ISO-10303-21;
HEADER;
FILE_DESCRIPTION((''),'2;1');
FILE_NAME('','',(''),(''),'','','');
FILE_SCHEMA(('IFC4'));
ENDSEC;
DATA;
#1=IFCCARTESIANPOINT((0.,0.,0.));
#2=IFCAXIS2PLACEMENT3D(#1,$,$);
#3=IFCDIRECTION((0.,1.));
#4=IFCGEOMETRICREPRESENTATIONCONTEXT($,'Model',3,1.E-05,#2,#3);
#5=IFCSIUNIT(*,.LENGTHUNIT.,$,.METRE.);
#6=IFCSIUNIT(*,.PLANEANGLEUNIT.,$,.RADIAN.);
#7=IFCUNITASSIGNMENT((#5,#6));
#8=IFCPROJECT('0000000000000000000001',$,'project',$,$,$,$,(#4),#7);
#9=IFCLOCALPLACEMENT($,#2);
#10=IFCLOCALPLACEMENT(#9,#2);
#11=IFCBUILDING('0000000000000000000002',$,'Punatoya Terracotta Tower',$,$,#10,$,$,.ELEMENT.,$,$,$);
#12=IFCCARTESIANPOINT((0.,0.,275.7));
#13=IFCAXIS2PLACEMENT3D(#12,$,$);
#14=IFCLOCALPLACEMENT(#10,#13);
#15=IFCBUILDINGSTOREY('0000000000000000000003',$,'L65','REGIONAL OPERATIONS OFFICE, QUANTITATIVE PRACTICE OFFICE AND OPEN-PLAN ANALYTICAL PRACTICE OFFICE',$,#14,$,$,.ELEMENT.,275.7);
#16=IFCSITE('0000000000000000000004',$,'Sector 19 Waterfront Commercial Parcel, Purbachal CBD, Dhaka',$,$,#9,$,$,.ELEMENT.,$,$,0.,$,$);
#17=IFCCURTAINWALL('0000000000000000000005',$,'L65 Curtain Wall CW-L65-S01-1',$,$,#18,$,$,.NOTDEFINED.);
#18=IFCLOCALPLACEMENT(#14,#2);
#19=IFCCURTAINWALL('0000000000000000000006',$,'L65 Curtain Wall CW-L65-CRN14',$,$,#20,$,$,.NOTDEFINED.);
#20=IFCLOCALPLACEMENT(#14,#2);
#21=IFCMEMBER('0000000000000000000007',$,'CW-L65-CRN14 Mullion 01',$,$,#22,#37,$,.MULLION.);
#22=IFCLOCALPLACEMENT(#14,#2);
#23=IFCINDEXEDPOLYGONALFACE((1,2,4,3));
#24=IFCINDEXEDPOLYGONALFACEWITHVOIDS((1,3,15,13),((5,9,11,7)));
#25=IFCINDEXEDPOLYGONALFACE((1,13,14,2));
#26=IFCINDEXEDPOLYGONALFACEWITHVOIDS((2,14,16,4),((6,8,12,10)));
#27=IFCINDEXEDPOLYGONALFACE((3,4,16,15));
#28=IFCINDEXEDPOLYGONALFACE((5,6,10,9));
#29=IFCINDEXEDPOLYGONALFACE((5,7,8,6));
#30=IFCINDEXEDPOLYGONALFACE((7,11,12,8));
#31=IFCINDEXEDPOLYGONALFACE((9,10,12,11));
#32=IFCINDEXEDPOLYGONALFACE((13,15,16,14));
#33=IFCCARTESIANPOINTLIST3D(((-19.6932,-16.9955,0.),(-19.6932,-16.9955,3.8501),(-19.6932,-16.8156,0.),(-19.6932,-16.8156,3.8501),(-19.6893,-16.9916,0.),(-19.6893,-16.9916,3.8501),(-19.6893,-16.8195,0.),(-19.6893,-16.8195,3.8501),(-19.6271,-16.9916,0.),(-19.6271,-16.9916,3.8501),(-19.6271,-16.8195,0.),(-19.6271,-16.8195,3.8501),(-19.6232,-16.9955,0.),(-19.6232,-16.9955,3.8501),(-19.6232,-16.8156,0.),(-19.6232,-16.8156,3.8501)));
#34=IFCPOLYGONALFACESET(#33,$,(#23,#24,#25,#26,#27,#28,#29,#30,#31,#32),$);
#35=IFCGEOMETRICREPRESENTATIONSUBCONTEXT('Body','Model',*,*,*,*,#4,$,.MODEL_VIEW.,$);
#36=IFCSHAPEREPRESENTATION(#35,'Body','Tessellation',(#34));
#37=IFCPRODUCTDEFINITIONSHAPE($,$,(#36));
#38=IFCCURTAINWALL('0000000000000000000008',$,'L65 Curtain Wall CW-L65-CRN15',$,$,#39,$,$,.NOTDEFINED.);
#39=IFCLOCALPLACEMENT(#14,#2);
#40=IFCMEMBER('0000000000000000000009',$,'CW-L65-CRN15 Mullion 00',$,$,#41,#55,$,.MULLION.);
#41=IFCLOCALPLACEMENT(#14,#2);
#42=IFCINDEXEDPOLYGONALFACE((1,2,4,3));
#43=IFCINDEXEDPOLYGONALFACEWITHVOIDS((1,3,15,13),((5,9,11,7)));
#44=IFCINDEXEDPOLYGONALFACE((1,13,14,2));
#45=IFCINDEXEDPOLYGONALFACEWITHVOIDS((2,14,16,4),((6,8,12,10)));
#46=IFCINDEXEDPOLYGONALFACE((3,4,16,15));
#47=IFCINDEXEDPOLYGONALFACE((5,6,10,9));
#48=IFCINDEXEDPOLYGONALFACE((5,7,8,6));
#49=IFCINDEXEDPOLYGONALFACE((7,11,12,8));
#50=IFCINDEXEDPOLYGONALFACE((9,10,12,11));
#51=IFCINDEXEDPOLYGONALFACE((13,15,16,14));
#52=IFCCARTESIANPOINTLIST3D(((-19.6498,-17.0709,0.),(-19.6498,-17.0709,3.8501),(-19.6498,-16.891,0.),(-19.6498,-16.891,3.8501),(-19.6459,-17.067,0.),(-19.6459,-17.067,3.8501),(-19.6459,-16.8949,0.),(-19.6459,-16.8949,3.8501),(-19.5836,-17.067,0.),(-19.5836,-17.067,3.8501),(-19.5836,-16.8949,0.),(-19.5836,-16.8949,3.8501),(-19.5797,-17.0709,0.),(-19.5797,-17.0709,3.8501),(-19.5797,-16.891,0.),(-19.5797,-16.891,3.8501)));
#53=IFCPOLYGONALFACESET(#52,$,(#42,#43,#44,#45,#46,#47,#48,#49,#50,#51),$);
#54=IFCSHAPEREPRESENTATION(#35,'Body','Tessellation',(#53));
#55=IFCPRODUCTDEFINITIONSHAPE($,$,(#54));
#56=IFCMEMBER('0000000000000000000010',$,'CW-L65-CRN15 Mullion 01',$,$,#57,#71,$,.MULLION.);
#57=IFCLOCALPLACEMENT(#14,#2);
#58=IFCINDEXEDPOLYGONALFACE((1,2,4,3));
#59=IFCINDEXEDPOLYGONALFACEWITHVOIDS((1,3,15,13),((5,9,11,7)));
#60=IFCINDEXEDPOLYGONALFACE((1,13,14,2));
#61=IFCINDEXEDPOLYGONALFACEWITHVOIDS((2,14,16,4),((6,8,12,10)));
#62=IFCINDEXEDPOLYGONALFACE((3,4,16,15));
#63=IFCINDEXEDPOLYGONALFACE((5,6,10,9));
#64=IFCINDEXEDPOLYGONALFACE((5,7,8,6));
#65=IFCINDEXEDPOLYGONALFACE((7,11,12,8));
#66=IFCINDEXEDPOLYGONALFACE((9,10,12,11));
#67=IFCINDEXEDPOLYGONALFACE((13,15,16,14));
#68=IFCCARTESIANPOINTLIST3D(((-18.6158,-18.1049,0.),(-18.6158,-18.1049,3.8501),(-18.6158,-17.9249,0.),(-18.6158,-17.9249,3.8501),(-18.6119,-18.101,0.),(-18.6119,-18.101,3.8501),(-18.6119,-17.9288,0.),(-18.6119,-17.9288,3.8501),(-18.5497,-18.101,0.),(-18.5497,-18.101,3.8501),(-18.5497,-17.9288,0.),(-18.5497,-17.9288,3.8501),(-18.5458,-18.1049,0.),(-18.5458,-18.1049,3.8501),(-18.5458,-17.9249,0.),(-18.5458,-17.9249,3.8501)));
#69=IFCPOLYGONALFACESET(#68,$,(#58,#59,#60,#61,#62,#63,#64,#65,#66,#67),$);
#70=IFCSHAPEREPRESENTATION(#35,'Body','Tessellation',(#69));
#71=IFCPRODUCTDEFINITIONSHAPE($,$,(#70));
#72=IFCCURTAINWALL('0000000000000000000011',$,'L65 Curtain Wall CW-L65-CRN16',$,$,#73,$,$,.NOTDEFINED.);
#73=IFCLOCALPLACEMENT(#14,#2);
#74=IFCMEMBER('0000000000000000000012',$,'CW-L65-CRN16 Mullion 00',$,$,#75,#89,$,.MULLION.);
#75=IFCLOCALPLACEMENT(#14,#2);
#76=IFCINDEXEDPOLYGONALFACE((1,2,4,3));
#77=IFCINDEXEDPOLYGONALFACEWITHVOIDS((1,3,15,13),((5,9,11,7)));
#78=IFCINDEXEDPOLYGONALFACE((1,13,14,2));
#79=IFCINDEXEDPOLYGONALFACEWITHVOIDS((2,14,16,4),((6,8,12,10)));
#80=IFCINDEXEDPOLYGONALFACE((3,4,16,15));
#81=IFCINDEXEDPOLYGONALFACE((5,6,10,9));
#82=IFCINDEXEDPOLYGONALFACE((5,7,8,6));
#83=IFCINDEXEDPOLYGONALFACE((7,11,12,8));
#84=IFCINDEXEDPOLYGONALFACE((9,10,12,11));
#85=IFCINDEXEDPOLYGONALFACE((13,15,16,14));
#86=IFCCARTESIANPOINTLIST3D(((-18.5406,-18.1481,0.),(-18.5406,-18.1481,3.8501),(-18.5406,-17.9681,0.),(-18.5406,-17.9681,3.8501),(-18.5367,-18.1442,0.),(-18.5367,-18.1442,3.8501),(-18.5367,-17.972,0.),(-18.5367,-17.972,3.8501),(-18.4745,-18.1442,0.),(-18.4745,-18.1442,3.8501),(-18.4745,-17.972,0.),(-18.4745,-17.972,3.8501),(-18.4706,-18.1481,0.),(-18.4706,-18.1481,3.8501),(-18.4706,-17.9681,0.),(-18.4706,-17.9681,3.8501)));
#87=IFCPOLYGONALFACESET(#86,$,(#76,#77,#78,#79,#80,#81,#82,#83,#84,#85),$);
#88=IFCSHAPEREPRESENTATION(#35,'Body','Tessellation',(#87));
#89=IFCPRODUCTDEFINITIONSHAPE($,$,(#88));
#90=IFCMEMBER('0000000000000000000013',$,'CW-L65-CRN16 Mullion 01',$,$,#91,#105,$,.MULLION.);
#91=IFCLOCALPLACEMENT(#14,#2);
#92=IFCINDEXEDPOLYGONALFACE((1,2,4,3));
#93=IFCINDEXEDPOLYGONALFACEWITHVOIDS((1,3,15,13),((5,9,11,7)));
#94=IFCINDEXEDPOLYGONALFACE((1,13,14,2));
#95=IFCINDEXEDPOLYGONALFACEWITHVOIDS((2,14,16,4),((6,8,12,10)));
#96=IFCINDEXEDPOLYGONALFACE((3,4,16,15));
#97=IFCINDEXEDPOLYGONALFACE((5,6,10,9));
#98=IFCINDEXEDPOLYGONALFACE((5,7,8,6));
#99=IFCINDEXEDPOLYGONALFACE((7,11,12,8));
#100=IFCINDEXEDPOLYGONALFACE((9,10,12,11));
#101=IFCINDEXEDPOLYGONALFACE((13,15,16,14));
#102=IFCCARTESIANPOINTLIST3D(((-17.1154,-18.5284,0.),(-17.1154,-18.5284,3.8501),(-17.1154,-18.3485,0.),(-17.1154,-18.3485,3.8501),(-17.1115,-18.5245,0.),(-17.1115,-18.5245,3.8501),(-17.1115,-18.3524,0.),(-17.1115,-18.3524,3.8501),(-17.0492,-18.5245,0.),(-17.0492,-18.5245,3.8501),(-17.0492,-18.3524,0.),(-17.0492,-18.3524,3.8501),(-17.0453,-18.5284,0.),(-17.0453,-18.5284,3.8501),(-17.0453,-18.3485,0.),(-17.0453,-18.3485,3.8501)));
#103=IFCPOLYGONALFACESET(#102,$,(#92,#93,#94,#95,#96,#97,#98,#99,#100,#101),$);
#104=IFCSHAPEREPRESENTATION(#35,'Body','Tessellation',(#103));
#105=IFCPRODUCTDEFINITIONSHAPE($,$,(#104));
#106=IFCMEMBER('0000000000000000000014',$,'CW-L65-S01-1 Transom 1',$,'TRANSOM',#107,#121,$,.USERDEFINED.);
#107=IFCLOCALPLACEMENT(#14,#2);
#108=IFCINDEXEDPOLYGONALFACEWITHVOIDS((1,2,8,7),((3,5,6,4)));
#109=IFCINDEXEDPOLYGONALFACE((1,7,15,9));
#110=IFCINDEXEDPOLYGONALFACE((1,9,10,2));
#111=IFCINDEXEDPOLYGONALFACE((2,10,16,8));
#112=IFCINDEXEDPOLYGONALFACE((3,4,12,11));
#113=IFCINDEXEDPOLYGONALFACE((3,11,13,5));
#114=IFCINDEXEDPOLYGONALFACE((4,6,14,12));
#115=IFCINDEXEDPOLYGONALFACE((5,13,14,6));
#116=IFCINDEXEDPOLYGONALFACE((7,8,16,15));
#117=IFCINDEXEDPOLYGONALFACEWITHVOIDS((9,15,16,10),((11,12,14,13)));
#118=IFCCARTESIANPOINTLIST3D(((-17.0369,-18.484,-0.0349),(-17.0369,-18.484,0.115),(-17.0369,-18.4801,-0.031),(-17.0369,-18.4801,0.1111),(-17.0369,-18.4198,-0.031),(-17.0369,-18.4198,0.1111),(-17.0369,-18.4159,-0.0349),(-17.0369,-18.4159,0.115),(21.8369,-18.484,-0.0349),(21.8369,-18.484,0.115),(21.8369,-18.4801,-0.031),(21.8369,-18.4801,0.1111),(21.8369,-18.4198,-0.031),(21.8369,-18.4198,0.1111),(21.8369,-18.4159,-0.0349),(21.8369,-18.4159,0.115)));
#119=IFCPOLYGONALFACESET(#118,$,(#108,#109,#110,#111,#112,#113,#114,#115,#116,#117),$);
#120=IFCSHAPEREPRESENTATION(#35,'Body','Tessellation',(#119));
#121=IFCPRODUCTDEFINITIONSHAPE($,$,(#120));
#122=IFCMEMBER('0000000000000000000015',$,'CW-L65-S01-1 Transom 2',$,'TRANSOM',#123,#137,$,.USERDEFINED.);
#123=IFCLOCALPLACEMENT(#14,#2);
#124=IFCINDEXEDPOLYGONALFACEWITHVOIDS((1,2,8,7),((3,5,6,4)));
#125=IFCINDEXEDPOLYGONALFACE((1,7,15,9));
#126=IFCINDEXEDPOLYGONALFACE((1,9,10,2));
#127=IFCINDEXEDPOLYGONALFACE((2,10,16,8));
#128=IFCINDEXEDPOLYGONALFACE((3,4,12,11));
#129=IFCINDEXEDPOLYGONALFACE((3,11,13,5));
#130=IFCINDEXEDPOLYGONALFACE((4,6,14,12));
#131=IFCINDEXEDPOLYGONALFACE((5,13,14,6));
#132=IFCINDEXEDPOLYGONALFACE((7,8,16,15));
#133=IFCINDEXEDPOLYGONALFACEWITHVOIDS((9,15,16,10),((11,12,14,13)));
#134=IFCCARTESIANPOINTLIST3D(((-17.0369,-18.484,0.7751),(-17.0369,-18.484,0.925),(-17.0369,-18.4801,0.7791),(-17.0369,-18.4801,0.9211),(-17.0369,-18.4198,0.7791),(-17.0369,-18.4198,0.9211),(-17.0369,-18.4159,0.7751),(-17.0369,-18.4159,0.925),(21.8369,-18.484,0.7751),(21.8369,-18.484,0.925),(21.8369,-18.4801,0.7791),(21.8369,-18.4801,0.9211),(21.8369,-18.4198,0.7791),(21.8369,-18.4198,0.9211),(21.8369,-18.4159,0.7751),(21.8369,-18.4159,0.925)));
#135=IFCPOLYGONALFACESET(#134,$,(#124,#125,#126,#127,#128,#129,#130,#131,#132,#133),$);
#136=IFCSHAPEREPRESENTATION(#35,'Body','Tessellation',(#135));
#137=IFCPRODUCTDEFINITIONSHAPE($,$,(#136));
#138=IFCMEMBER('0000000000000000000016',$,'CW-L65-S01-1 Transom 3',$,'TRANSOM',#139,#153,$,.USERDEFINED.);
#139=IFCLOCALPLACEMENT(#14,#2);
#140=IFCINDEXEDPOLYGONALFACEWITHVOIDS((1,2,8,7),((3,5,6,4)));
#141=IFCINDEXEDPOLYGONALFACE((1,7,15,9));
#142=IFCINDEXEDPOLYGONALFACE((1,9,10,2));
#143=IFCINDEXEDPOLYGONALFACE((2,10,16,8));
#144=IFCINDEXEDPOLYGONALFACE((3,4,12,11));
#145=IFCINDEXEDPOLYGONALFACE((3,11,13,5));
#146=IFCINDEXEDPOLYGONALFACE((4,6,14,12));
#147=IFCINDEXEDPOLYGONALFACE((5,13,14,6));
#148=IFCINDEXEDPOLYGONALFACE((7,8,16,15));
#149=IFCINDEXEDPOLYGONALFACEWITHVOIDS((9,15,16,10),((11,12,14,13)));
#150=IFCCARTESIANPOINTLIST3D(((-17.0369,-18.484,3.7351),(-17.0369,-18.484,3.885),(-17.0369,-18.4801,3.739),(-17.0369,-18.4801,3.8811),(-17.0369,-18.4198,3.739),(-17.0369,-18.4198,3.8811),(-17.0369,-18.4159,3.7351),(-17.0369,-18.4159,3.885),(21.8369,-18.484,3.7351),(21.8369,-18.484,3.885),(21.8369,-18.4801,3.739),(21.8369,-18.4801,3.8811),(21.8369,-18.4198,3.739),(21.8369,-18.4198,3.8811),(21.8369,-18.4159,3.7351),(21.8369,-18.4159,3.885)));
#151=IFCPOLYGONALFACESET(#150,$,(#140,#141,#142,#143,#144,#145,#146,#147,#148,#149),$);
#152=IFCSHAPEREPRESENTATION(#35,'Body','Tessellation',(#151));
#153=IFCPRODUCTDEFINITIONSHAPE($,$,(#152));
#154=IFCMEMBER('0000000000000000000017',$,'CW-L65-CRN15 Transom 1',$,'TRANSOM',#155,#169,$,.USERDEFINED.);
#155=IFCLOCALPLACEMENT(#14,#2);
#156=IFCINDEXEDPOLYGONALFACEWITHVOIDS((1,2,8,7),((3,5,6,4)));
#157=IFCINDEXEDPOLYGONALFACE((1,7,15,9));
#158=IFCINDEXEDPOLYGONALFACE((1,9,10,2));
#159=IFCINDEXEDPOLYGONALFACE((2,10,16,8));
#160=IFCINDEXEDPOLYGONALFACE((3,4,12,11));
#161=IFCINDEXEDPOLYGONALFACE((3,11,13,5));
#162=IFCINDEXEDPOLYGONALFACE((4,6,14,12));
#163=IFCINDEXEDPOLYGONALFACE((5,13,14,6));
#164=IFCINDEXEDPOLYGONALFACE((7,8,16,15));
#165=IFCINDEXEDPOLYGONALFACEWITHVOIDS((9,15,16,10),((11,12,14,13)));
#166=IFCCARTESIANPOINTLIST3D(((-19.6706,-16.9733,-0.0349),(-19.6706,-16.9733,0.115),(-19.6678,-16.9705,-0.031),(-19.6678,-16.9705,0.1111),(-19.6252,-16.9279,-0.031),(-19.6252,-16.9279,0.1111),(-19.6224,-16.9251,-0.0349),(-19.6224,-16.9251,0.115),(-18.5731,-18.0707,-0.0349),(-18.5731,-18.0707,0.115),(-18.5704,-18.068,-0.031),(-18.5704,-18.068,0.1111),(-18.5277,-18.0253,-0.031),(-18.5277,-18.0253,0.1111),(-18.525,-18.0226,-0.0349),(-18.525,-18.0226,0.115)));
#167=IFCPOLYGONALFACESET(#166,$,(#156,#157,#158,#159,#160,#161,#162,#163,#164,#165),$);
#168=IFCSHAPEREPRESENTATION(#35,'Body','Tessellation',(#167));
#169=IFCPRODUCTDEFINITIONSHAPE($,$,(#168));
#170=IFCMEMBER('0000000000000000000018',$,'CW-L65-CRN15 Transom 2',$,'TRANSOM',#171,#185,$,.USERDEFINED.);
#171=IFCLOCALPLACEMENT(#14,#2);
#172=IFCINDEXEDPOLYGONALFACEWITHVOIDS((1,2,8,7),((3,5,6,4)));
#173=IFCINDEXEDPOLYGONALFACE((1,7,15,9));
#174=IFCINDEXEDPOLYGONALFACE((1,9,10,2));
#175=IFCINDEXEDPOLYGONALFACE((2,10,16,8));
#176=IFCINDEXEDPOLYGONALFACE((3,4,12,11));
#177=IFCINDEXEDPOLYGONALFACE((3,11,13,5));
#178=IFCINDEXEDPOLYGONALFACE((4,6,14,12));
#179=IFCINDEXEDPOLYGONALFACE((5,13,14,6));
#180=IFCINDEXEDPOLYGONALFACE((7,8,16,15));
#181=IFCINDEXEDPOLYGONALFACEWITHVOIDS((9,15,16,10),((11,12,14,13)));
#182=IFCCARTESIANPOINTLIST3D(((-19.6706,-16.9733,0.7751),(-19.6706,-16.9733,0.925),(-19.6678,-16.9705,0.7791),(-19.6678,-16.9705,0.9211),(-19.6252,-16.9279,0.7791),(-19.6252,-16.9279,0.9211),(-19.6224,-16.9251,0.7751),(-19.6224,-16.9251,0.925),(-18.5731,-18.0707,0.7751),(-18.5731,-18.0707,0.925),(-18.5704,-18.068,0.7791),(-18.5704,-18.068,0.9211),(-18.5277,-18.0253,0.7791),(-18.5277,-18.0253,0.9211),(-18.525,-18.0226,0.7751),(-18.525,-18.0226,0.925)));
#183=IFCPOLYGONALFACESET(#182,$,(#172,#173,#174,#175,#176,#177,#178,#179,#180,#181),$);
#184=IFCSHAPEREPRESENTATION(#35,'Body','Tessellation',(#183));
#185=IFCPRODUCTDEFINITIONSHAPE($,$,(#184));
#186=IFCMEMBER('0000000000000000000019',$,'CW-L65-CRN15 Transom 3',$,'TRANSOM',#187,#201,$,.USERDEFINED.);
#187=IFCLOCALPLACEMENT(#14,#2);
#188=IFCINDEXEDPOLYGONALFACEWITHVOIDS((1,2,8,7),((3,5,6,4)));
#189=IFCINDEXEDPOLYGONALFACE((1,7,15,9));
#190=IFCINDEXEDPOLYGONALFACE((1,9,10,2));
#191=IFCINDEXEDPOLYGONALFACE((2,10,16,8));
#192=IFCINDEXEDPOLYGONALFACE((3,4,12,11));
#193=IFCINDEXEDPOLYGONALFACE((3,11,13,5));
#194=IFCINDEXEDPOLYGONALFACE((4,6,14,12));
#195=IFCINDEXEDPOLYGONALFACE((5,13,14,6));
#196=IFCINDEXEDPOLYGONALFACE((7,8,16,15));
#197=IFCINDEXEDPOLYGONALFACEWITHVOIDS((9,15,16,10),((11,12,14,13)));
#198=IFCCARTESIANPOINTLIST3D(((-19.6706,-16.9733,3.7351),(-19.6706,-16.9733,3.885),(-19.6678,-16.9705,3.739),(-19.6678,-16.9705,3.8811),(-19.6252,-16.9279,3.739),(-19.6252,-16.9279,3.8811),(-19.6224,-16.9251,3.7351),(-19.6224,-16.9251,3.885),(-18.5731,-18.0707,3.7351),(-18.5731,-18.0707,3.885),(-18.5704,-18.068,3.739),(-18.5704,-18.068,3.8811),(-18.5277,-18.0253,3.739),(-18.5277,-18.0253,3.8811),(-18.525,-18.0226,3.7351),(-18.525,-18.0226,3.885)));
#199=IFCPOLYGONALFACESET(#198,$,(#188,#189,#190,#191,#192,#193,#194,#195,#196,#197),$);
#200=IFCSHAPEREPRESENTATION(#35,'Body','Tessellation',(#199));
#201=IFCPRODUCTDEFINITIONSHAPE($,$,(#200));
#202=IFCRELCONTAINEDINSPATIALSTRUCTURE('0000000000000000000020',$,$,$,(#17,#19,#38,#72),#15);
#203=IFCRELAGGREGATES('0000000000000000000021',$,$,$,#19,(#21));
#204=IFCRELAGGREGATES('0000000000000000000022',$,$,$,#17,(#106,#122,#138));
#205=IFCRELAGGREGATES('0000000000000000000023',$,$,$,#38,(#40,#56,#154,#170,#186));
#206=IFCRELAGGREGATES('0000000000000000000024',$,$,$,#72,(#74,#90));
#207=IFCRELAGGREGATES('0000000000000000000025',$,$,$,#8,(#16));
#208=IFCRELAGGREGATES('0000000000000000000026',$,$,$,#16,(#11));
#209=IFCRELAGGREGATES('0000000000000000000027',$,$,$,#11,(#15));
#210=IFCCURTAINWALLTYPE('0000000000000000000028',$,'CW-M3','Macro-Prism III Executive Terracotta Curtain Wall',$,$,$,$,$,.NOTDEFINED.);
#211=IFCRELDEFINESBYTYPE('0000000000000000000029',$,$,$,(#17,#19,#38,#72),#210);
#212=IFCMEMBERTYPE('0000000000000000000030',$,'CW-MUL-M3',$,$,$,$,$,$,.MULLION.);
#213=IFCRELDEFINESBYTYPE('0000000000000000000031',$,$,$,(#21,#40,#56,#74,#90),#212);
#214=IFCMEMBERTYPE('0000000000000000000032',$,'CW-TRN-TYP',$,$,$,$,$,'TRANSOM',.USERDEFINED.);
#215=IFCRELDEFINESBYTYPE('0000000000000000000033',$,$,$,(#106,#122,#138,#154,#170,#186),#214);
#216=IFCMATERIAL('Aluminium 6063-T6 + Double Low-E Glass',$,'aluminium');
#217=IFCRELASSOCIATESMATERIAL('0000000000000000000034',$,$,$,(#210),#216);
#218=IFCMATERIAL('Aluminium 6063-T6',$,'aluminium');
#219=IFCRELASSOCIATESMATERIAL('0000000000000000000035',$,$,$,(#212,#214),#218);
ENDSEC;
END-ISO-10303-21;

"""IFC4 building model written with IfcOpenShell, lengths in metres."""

from ifc_helpers import new_model, si_unit, direction, frame, origin, origin_2d, place, context, subcontext, project, spatial, hollow_rectangle, extrude, material, material_profile, profile_set, type_object, element, aggregate, save


model = new_model("IFC4")

# Units and contexts
model_context = context("Model", 3, precision=1e-05, world=origin(), true_north=direction((0.0, 1.0)))
body_context = subcontext(model_context, "Body", "Model", "MODEL_VIEW")
ifc_project = project(units=[si_unit("LENGTHUNIT", "METRE"), si_unit("PLANEANGLEUNIT", "RADIAN")], contexts=[model_context])

# Site, building, storey
site_placement = place(None, origin())
site = spatial("IfcSite", under=ifc_project, at=site_placement, Name="Sector 19 Waterfront Commercial Parcel, Purbachal CBD, Dhaka", CompositionType="ELEMENT", RefElevation=0.0)
building_placement = place(site_placement, origin())
building = spatial("IfcBuilding", under=site, at=building_placement, Name="Punatoya Terracotta Tower", CompositionType="ELEMENT")
storey_placement = place(building_placement, frame((0.0, 0.0, 275.7)))
storey = spatial("IfcBuildingStorey", under=building, at=storey_placement, Name="L65", Description="REGIONAL OPERATIONS OFFICE, QUANTITATIVE PRACTICE OFFICE AND OPEN-PLAN ANALYTICAL PRACTICE OFFICE", CompositionType="ELEMENT", Elevation=275.7)

# Curtain walls, member
ifc_material_1 = material(Name="Aluminium 6063-T6 + Double Low-E Glass", Category="aluminium")
curtain_wall_type = type_object("IfcCurtainWallType", Name="CW-M3", Description="Macro-Prism III Executive Terracotta Curtain Wall", PredefinedType="NOTDEFINED", material=ifc_material_1)
curtain_wall_1_placement = place(storey_placement, origin())
curtain_wall_1 = element("IfcCurtainWall", 1, at=curtain_wall_1_placement, inside=storey, type_object=curtain_wall_type, Name="L65 Curtain Wall CW-L65-S01-1", PredefinedType="NOTDEFINED")
ifc_material_2 = material(Name="Aluminium 6063-T6", Category="aluminium")
ifc_material_profile_1 = material_profile(ifc_material_2, hollow_rectangle(XDim=0.0701, YDim=0.1799, WallThickness=0.0039, at=origin_2d()))
ifc_profile_set_1 = profile_set([ifc_material_profile_1], Name="Aluminium 6063-T6")
member_type_1 = type_object("IfcMemberType", Name="CW-MUL-M3", PredefinedType="MULLION", material=ifc_profile_set_1)
curtain_wall_2_placement = place(storey_placement, origin())
curtain_wall_2 = element("IfcCurtainWall", 2, at=curtain_wall_2_placement, inside=storey, type_object=curtain_wall_type, Name="L65 Curtain Wall CW-L65-CRN14", PredefinedType="NOTDEFINED")
member_1_placement = place(storey_placement, frame((-19.6582, -16.9055, 0.0), z_axis=(0.0, 0.0, 1.0), x_axis=(1.0, 0.0, 0.0)))
member_1 = element("IfcMember", 3, at=member_1_placement, type_object=member_type_1, Name="CW-L65-CRN14 Mullion 01", PredefinedType="MULLION", context=body_context, shape_type="SweptSolid", body=[
    extrude(hollow_rectangle(XDim=0.0701, YDim=0.1799, WallThickness=0.0039, at=origin_2d()), origin(), (0.0, 0.0, 1.0), 3.8501),
])
aggregate(curtain_wall_2, [member_1])

# Curtain walls, members
curtain_wall_3_placement = place(storey_placement, origin())
curtain_wall_3 = element("IfcCurtainWall", 4, at=curtain_wall_3_placement, inside=storey, type_object=curtain_wall_type, Name="L65 Curtain Wall CW-L65-CRN15", PredefinedType="NOTDEFINED")
member_2_placement = place(storey_placement, frame((-19.6147, -16.981, 0.0), z_axis=(0.0, 0.0, 1.0), x_axis=(1.0, 0.0, 0.0)))
member_2 = element("IfcMember", 5, at=member_2_placement, type_object=member_type_1, Name="CW-L65-CRN15 Mullion 00", PredefinedType="MULLION", context=body_context, shape_type="SweptSolid", body=[
    extrude(hollow_rectangle(XDim=0.0701, YDim=0.1799, WallThickness=0.0039, at=origin_2d()), origin(), (0.0, 0.0, 1.0), 3.8501),
])
member_3_placement = place(storey_placement, frame((-18.5808, -18.0149, 0.0), z_axis=(0.0, 0.0, 1.0), x_axis=(1.0, 0.0, 0.0)))
member_3 = element("IfcMember", 6, at=member_3_placement, type_object=member_type_1, Name="CW-L65-CRN15 Mullion 01", PredefinedType="MULLION", context=body_context, shape_type="SweptSolid", body=[
    extrude(hollow_rectangle(XDim=0.0701, YDim=0.1799, WallThickness=0.0039, at=origin_2d()), origin(), (0.0, 0.0, 1.0), 3.8501),
])
curtain_wall_4_placement = place(storey_placement, origin())
curtain_wall_4 = element("IfcCurtainWall", 7, at=curtain_wall_4_placement, inside=storey, type_object=curtain_wall_type, Name="L65 Curtain Wall CW-L65-CRN16", PredefinedType="NOTDEFINED")
member_4_placement = place(storey_placement, frame((-18.5056, -18.0581, 0.0), z_axis=(0.0, 0.0, 1.0), x_axis=(1.0, 0.0, 0.0)))
member_4 = element("IfcMember", 8, at=member_4_placement, type_object=member_type_1, Name="CW-L65-CRN16 Mullion 00", PredefinedType="MULLION", context=body_context, shape_type="SweptSolid", body=[
    extrude(hollow_rectangle(XDim=0.0701, YDim=0.1799, WallThickness=0.0039, at=origin_2d()), origin(), (0.0, 0.0, 1.0), 3.8501),
])
member_5_placement = place(storey_placement, frame((-17.0803, -18.4385, 0.0), z_axis=(0.0, 0.0, 1.0), x_axis=(1.0, 0.0, 0.0)))
member_5 = element("IfcMember", 9, at=member_5_placement, type_object=member_type_1, Name="CW-L65-CRN16 Mullion 01", PredefinedType="MULLION", context=body_context, shape_type="SweptSolid", body=[
    extrude(hollow_rectangle(XDim=0.0701, YDim=0.1799, WallThickness=0.0039, at=origin_2d()), origin(), (0.0, 0.0, 1.0), 3.8501),
])

# Members
ifc_material_profile_2 = material_profile(ifc_material_2, hollow_rectangle(XDim=0.0681, YDim=0.1499, WallThickness=0.0039, at=origin_2d()))
ifc_profile_set_2 = profile_set([ifc_material_profile_2], Name="Aluminium 6063-T6")
member_type_2 = type_object("IfcMemberType", Name="CW-TRN-TYP", ElementType="TRANSOM", PredefinedType="USERDEFINED", material=ifc_profile_set_2)
member_6_placement = place(storey_placement, frame((-17.0369, -18.45, 0.04), z_axis=(1.0, 0.0, 0.0), x_axis=(0.0, 1.0, 0.0)))
member_6 = element("IfcMember", 10, at=member_6_placement, type_object=member_type_2, Name="CW-L65-S01-1 Transom 1", ObjectType="TRANSOM", PredefinedType="USERDEFINED", context=body_context, shape_type="SweptSolid", body=[
    extrude(hollow_rectangle(XDim=0.0681, YDim=0.1499, WallThickness=0.0039, at=origin_2d()), origin(), (0.0, 0.0, 1.0), 38.8738),
])
member_7_placement = place(storey_placement, frame((-17.0369, -18.45, 0.8501), z_axis=(1.0, 0.0, 0.0), x_axis=(0.0, 1.0, 0.0)))
member_7 = element("IfcMember", 11, at=member_7_placement, type_object=member_type_2, Name="CW-L65-S01-1 Transom 2", ObjectType="TRANSOM", PredefinedType="USERDEFINED", context=body_context, shape_type="SweptSolid", body=[
    extrude(hollow_rectangle(XDim=0.0681, YDim=0.1499, WallThickness=0.0039, at=origin_2d()), origin(), (0.0, 0.0, 1.0), 38.8738),
])
member_8_placement = place(storey_placement, frame((-17.0369, -18.45, 3.8101), z_axis=(1.0, 0.0, 0.0), x_axis=(0.0, 1.0, 0.0)))
member_8 = element("IfcMember", 12, at=member_8_placement, type_object=member_type_2, Name="CW-L65-S01-1 Transom 3", ObjectType="TRANSOM", PredefinedType="USERDEFINED", context=body_context, shape_type="SweptSolid", body=[
    extrude(hollow_rectangle(XDim=0.0681, YDim=0.1499, WallThickness=0.0039, at=origin_2d()), origin(), (0.0, 0.0, 1.0), 38.8738),
])
member_9_placement = place(storey_placement, frame((-19.6465, -16.9492, 0.04), z_axis=(0.707107, -0.707107, 0.0), x_axis=(0.707107, 0.707107, 0.0)))
member_9 = element("IfcMember", 13, at=member_9_placement, type_object=member_type_2, Name="CW-L65-CRN15 Transom 1", ObjectType="TRANSOM", PredefinedType="USERDEFINED", context=body_context, shape_type="SweptSolid", body=[
    extrude(hollow_rectangle(XDim=0.0681, YDim=0.1499, WallThickness=0.0039, at=origin_2d()), origin(), (0.0, 0.0, 1.0), 1.552),
])
member_10_placement = place(storey_placement, frame((-19.6465, -16.9492, 0.8501), z_axis=(0.707107, -0.707107, 0.0), x_axis=(0.707107, 0.707107, 0.0)))
member_10 = element("IfcMember", 14, at=member_10_placement, type_object=member_type_2, Name="CW-L65-CRN15 Transom 2", ObjectType="TRANSOM", PredefinedType="USERDEFINED", context=body_context, shape_type="SweptSolid", body=[
    extrude(hollow_rectangle(XDim=0.0681, YDim=0.1499, WallThickness=0.0039, at=origin_2d()), origin(), (0.0, 0.0, 1.0), 1.552),
])
member_11_placement = place(storey_placement, frame((-19.6465, -16.9492, 3.8101), z_axis=(0.707107, -0.707107, 0.0), x_axis=(0.707107, 0.707107, 0.0)))
member_11 = element("IfcMember", 15, at=member_11_placement, type_object=member_type_2, Name="CW-L65-CRN15 Transom 3", ObjectType="TRANSOM", PredefinedType="USERDEFINED", context=body_context, shape_type="SweptSolid", body=[
    extrude(hollow_rectangle(XDim=0.0681, YDim=0.1499, WallThickness=0.0039, at=origin_2d()), origin(), (0.0, 0.0, 1.0), 1.552),
])

aggregate(curtain_wall_1, [member_6, member_7, member_8])
aggregate(curtain_wall_3, [member_2, member_3, member_9, member_10, member_11])
aggregate(curtain_wall_4, [member_4, member_5])

save(model, "model.ifc")
